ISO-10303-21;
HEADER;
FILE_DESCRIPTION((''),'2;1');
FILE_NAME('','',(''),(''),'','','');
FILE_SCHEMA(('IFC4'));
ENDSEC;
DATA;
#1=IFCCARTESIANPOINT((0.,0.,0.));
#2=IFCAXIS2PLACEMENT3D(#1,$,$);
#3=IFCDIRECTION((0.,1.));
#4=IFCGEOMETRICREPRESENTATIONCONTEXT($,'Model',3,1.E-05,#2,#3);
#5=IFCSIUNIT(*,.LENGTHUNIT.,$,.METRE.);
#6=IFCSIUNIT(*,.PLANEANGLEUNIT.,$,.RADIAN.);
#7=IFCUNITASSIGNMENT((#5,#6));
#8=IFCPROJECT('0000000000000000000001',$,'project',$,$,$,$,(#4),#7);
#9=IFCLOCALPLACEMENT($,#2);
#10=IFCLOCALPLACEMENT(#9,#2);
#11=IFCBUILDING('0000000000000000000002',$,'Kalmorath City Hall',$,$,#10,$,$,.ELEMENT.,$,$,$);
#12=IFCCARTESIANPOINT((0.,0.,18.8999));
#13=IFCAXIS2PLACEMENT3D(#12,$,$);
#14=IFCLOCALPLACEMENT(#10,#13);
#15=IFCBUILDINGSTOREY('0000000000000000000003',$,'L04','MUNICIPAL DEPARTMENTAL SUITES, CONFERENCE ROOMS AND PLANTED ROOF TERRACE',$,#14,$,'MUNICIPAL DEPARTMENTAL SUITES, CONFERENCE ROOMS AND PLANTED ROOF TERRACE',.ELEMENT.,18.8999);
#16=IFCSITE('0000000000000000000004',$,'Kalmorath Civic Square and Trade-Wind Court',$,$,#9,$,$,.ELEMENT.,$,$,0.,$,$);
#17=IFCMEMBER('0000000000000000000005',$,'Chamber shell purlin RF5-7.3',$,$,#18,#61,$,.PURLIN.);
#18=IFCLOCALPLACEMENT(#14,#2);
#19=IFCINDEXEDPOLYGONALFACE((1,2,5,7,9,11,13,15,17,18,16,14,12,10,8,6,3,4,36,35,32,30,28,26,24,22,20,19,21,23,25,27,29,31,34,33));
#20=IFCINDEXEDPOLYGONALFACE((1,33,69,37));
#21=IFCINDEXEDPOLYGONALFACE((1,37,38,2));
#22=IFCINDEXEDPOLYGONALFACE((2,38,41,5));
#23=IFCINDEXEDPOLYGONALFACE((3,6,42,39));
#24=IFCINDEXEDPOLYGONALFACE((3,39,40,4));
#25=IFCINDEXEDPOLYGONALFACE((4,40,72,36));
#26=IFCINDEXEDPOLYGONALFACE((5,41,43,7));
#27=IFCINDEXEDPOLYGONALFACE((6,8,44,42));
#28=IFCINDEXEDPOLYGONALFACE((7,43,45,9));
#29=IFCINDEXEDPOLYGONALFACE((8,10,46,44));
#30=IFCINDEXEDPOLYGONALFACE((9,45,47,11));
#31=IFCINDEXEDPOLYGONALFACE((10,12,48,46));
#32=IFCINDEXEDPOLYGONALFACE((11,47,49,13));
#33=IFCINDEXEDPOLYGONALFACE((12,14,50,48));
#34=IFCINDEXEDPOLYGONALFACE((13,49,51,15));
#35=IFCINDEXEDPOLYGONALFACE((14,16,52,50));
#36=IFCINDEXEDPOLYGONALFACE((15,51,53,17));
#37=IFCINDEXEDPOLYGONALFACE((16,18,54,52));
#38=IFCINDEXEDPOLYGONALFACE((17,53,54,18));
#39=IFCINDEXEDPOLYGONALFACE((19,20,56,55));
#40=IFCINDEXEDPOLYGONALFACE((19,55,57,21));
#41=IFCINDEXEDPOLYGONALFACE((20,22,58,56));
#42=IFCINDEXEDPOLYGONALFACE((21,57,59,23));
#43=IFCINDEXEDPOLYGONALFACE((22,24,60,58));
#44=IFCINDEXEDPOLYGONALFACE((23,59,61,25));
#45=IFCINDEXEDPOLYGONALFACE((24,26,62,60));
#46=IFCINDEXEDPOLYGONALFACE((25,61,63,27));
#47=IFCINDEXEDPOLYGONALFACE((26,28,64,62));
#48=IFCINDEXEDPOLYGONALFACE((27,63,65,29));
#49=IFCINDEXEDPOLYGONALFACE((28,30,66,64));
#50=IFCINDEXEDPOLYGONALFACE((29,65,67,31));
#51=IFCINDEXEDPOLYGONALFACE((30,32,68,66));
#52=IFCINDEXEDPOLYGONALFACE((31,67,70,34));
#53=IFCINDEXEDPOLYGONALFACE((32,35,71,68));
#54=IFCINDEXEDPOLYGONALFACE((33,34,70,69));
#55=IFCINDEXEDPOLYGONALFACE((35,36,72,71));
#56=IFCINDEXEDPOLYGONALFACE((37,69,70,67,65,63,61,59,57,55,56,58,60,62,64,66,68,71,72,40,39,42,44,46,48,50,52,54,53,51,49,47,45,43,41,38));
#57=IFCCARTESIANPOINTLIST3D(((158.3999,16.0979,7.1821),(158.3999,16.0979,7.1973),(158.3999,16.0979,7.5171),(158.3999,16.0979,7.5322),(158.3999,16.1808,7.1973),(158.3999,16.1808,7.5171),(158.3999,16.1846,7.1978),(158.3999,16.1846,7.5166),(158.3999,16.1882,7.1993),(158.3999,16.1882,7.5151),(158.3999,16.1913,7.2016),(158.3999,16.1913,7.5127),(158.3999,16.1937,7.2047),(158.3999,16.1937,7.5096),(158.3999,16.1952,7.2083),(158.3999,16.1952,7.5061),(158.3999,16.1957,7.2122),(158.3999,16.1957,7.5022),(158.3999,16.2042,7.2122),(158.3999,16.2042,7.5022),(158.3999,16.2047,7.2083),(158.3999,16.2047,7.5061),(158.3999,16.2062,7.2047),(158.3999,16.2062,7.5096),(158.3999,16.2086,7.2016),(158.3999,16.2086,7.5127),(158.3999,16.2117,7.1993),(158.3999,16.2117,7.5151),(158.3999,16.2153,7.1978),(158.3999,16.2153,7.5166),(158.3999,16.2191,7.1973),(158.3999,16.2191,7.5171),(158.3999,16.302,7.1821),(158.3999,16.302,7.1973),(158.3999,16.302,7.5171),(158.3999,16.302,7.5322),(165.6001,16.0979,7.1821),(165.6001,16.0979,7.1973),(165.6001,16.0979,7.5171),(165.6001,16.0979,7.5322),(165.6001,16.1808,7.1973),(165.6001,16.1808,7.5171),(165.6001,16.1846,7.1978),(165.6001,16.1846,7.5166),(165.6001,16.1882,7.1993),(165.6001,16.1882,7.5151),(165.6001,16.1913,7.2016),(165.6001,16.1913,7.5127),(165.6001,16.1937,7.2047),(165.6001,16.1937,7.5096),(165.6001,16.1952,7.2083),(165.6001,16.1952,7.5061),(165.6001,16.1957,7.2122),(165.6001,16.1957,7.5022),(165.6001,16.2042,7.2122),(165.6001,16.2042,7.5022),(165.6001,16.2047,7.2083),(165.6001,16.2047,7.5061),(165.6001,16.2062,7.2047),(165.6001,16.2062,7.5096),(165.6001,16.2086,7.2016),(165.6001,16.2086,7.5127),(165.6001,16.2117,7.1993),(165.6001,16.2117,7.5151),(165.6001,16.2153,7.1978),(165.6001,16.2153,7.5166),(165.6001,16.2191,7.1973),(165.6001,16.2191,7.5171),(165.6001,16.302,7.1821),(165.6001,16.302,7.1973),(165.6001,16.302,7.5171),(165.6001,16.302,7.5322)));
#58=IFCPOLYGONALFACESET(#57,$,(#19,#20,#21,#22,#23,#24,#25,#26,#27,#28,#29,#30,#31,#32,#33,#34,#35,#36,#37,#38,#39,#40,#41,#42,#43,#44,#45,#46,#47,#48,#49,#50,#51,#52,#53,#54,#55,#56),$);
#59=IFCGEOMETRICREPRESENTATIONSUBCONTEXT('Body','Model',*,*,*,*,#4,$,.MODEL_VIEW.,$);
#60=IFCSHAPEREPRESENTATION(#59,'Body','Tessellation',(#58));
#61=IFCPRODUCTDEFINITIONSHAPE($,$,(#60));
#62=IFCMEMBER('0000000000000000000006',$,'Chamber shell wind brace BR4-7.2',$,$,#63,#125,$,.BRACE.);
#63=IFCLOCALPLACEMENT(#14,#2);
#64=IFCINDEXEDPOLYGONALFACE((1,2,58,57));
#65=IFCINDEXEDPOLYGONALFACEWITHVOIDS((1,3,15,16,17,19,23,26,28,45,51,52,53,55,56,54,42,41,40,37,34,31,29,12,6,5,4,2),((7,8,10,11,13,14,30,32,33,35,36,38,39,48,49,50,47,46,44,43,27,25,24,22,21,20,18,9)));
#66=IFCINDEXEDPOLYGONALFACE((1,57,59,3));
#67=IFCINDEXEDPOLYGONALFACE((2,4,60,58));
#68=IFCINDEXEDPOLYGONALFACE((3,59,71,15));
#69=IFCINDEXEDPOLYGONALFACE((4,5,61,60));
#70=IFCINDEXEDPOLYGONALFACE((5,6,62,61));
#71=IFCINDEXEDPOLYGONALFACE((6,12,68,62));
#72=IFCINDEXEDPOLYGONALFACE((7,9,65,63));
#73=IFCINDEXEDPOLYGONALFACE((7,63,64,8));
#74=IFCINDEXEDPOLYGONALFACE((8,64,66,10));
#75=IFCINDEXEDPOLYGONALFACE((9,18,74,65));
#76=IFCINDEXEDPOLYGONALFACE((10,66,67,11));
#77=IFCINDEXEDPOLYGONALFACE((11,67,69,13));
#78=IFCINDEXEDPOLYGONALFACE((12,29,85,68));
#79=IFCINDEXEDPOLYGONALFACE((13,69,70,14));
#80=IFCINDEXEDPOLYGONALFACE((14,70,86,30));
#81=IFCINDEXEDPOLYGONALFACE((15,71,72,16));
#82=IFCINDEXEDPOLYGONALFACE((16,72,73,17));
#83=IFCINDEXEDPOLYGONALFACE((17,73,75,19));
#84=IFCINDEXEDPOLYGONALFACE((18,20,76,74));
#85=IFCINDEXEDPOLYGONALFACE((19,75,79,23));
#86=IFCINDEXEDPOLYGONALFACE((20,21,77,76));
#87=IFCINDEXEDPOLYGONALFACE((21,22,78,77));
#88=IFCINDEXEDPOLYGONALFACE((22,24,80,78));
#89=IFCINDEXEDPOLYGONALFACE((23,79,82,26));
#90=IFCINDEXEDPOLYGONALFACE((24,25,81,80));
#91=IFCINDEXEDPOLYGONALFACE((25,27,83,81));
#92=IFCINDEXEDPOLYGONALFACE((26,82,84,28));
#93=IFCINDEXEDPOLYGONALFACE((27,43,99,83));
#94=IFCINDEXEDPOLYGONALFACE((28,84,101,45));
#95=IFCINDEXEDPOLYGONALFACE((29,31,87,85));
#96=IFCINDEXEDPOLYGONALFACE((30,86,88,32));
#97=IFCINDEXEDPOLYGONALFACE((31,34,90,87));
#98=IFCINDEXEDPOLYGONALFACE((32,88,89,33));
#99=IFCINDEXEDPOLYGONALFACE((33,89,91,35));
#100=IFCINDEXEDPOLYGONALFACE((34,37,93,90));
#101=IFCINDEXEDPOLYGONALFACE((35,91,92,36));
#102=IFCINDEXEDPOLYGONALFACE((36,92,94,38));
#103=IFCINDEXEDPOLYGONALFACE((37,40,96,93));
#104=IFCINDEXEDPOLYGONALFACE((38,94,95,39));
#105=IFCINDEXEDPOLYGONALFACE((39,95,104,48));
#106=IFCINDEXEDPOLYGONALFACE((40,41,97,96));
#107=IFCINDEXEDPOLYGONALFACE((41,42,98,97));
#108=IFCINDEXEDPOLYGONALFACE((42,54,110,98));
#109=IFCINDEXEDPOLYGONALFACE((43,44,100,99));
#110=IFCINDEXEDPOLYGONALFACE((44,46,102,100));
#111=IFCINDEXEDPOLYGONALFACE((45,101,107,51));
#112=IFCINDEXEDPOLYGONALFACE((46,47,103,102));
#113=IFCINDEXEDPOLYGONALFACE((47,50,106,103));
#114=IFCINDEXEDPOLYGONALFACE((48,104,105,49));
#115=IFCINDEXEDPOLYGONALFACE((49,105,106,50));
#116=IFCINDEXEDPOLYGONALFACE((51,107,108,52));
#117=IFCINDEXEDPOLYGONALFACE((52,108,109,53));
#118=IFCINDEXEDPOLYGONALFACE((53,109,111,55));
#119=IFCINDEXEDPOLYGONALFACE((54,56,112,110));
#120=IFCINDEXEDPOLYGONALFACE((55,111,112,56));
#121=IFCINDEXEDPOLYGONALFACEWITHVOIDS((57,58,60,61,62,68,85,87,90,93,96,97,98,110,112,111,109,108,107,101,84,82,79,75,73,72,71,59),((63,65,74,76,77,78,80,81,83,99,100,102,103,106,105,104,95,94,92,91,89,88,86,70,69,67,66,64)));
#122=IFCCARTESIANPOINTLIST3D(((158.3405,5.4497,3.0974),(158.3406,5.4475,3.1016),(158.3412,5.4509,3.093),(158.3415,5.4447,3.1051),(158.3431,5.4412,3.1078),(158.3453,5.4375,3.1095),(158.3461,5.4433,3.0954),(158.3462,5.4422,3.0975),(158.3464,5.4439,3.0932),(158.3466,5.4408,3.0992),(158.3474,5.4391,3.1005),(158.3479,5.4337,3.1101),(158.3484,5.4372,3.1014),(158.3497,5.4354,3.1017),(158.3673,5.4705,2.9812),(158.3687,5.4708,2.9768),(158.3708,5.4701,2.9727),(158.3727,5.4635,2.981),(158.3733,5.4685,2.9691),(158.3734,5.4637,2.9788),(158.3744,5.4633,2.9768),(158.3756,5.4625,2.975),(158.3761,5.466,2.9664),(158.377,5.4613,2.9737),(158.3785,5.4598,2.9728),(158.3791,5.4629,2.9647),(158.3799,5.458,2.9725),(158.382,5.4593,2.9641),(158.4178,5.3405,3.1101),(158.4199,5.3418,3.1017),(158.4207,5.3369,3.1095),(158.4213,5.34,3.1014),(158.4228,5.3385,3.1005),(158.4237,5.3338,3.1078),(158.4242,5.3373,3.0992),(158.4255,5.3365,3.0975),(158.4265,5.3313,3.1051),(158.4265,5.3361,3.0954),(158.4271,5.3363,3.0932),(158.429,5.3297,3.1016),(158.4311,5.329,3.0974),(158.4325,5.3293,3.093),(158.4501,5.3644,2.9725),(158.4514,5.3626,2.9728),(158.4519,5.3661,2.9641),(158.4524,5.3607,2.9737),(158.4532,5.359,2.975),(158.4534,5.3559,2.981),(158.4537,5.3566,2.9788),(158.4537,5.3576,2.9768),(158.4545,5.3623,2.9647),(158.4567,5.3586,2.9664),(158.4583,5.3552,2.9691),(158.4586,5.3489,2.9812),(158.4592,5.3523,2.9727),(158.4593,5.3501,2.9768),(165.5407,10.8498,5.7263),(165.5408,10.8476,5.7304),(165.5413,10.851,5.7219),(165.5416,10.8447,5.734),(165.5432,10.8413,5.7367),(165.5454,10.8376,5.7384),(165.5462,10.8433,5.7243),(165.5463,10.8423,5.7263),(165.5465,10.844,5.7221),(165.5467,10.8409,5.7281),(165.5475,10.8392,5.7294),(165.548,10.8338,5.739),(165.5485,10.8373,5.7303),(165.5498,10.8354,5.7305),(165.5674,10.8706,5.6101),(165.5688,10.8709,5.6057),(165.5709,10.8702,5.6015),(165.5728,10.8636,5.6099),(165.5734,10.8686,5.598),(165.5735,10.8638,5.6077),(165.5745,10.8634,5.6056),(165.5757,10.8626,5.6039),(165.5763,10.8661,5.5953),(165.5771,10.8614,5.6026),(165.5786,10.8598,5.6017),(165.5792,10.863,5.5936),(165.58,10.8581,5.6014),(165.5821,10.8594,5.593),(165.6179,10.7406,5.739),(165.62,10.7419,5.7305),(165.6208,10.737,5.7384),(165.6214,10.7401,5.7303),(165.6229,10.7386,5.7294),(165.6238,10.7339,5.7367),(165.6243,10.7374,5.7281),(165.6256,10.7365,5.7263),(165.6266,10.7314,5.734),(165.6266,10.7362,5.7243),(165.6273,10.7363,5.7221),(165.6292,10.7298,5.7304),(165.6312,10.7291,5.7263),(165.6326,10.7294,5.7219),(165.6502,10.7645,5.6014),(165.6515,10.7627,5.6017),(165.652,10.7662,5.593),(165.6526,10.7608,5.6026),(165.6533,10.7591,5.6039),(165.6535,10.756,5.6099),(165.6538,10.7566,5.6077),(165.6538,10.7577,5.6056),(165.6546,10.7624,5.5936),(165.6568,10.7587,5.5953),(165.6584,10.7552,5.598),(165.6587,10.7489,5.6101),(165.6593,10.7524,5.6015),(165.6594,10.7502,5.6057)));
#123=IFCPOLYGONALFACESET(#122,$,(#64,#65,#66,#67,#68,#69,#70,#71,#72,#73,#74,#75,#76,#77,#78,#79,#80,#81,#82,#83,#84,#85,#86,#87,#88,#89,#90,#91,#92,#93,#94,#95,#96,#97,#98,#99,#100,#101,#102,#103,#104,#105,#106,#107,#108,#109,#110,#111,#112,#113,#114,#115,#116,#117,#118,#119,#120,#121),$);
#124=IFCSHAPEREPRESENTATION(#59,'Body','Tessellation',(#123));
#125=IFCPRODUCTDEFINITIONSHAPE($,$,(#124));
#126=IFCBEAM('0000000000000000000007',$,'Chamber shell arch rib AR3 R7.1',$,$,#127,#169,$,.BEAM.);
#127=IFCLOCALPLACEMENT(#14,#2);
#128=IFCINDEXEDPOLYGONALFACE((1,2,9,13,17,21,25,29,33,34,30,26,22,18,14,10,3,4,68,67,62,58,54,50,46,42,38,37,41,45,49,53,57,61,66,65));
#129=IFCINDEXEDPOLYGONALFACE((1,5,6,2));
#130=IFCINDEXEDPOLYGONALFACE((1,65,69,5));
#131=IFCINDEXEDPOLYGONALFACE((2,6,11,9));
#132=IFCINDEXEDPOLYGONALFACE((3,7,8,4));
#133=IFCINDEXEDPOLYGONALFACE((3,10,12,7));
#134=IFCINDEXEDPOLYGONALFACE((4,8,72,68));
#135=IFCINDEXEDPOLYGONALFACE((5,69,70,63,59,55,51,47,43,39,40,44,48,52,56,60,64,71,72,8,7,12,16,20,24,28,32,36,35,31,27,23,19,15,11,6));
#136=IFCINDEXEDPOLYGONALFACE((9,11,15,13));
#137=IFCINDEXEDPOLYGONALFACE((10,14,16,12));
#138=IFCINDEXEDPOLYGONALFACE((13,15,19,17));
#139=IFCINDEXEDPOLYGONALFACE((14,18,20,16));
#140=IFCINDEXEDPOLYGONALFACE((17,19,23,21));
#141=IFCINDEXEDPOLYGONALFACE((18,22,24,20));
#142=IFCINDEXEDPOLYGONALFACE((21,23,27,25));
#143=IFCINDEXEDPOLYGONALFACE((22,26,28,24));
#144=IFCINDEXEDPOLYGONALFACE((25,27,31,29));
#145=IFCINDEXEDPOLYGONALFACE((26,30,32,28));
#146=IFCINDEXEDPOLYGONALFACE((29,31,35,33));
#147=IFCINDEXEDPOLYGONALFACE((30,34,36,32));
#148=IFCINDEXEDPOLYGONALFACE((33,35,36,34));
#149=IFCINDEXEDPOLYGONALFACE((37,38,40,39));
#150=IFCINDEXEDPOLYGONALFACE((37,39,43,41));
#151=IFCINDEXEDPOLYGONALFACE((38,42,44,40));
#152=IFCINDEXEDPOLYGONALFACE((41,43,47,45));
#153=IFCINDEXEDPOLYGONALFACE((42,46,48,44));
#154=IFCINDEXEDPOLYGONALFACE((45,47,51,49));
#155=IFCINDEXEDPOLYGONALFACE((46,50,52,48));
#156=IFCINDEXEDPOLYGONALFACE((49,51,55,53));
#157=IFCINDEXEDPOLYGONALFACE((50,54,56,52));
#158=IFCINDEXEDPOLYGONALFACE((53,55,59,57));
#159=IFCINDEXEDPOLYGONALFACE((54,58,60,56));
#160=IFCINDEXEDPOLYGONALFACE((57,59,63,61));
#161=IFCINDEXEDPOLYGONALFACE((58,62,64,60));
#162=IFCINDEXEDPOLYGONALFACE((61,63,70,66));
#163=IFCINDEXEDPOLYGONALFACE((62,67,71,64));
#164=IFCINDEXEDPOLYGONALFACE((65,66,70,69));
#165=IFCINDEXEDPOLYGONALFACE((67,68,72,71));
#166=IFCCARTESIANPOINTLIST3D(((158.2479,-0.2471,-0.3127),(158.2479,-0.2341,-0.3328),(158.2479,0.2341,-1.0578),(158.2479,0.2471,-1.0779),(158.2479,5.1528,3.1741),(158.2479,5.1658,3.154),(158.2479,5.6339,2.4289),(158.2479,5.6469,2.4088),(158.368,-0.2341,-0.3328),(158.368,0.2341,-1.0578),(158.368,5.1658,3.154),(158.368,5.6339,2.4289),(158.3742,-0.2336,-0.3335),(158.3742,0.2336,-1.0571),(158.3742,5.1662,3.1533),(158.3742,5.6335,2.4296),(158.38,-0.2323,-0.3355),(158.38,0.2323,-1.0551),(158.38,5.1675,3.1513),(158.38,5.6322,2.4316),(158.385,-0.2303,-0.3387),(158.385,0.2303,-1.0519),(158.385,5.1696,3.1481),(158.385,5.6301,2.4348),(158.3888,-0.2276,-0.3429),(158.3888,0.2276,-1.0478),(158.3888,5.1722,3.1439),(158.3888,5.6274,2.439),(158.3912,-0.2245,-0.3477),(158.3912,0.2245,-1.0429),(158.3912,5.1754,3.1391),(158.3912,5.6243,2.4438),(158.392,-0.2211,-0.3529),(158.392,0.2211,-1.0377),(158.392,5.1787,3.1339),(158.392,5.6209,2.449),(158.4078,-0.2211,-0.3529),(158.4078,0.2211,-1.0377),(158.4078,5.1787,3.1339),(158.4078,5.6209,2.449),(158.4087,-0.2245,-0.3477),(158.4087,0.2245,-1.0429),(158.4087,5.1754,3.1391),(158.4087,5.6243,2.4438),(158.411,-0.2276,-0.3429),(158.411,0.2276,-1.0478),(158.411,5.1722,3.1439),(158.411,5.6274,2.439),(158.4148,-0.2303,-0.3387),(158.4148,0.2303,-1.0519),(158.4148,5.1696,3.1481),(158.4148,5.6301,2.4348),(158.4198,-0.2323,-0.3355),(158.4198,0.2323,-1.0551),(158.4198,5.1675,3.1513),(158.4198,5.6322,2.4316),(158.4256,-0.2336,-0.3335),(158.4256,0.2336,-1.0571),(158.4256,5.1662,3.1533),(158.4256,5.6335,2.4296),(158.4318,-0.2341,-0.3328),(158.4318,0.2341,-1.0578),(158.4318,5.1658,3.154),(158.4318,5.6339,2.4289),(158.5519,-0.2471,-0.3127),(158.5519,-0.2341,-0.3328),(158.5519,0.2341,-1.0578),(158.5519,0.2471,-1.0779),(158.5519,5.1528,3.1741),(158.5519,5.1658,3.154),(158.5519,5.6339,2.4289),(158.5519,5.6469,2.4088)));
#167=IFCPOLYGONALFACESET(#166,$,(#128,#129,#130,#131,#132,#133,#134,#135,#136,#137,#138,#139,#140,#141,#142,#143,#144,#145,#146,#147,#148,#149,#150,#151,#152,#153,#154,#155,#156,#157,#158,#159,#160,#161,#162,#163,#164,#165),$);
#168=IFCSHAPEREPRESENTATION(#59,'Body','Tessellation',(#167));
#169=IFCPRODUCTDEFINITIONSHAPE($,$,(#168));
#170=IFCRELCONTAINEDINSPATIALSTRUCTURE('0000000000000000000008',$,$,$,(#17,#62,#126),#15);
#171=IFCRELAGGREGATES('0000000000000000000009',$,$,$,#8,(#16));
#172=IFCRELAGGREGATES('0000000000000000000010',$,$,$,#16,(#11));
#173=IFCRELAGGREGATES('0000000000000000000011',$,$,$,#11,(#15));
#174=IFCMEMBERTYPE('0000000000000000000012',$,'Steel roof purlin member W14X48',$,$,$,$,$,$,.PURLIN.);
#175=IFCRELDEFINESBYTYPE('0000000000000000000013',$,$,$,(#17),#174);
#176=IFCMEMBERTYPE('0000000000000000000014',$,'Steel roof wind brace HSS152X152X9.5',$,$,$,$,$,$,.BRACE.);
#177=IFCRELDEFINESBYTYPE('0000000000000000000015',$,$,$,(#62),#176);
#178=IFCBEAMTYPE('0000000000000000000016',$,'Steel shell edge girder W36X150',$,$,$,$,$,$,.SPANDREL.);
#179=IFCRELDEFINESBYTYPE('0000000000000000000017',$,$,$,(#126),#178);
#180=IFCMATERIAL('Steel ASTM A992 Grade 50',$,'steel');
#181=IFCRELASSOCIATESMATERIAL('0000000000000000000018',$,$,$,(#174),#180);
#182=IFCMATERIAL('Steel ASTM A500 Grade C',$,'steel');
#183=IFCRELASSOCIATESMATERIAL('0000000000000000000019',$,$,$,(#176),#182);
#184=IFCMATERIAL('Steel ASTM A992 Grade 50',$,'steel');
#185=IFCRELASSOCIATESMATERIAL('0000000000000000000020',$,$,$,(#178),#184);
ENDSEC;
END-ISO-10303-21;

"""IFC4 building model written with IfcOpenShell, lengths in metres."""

from ifc_helpers import new_model, si_unit, direction, frame, origin, origin_2d, place, context, subcontext, project, spatial, hollow_rectangle, i_section, extrude, material, material_profile, profile_set, type_object, element, save


model = new_model("IFC4")

# Units and contexts
model_context = context("Model", 3, precision=1e-05, world=origin(), true_north=direction((0.0, 1.0)))
body_context = subcontext(model_context, "Body", "Model", "MODEL_VIEW")
ifc_project = project(units=[si_unit("LENGTHUNIT", "METRE"), si_unit("PLANEANGLEUNIT", "RADIAN")], contexts=[model_context])

# Site, building, storey
site_placement = place(None, origin())
site = spatial("IfcSite", under=ifc_project, at=site_placement, Name="Kalmorath Civic Square and Trade-Wind Court", CompositionType="ELEMENT", RefElevation=0.0)
building_placement = place(site_placement, origin())
building = spatial("IfcBuilding", under=site, at=building_placement, Name="Kalmorath City Hall", CompositionType="ELEMENT")
storey_placement = place(building_placement, frame((0.0, 0.0, 18.8999)))
storey = spatial("IfcBuildingStorey", under=building, at=storey_placement, Name="L04", Description="MUNICIPAL DEPARTMENTAL SUITES, CONFERENCE ROOMS AND PLANTED ROOF TERRACE", LongName="MUNICIPAL DEPARTMENTAL SUITES, CONFERENCE ROOMS AND PLANTED ROOF TERRACE", CompositionType="ELEMENT", Elevation=18.8999)

# Members
ifc_material_1 = material(Name="Steel ASTM A992 Grade 50", Category="steel")
ifc_material_profile_1 = material_profile(ifc_material_1, i_section(OverallWidth=0.2041, OverallDepth=0.3501, WebThickness=0.0085, FlangeThickness=0.0151, FilletRadius=0.0149, at=origin_2d()), Name="W14X48")
ifc_profile_set_1 = profile_set([ifc_material_profile_1], Name="Steel ASTM A992 Grade 50")
member_type_1 = type_object("IfcMemberType", Name="Steel roof purlin member W14X48", PredefinedType="PURLIN", material=ifc_profile_set_1)
for number, where, z_axis, x_axis, name in (
    (1, (158.3999, 16.2, 7.3572), (1.0, 0.0, 0.0), (0.0, 1.0, 0.0), "Chamber shell purlin RF5-7.3"),
):
    element("IfcMember", number, at=place(storey_placement, frame(where, z_axis=z_axis, x_axis=x_axis)), inside=storey, type_object=member_type_1, Name=name, PredefinedType="PURLIN", context=body_context, shape_type="SweptSolid", body=[
        extrude(i_section(OverallWidth=0.2041, OverallDepth=0.3501, WebThickness=0.0085, FlangeThickness=0.0151, FilletRadius=0.0149, at=origin_2d()), origin(), (0.0, 0.0, 1.0), 7.2002),
    ])
ifc_material_2 = material(Name="Steel ASTM A500 Grade C", Category="steel")
ifc_material_profile_2 = material_profile(ifc_material_2, hollow_rectangle(XDim=0.1521, YDim=0.1521, WallThickness=0.0088, InnerFilletRadius=0.0088, OuterFilletRadius=0.0178, at=origin_2d()), Name="HSS152X152X9.5")
ifc_profile_set_2 = profile_set([ifc_material_profile_2], Name="Steel ASTM A500 Grade C")
member_type_2 = type_object("IfcMemberType", Name="Steel roof wind brace HSS152X152X9.5", PredefinedType="BRACE", material=ifc_profile_set_2)
member_placement = place(storey_placement, frame((158.3999, 5.3999, 3.0371), z_axis=(0.767912, 0.575934, 0.280377), x_axis=(-0.6, 0.8, 0.0)))
element("IfcMember", 2, at=member_placement, inside=storey, type_object=member_type_2, Name="Chamber shell wind brace BR4-7.2", PredefinedType="BRACE", context=body_context, shape_type="SweptSolid", body=[
    extrude(hollow_rectangle(XDim=0.1521, YDim=0.1521, WallThickness=0.0088, InnerFilletRadius=0.0088, OuterFilletRadius=0.0178, at=origin_2d()), origin(), (0.0, 0.0, 1.0), 9.3762),
])

# Beam
ifc_material_3 = material(Name="Steel ASTM A992 Grade 50", Category="steel")
ifc_material_profile_3 = material_profile(ifc_material_3, i_section(OverallWidth=0.304, OverallDepth=0.9109, WebThickness=0.0159, FlangeThickness=0.0239, FilletRadius=0.0239, at=origin_2d()), Name="W36X150")
ifc_profile_set_3 = profile_set([ifc_material_profile_3], Name="Steel ASTM A992 Grade 50")
beam_type_1 = type_object("IfcBeamType", Name="Steel shell edge girder W36X150", PredefinedType="SPANDREL", material=ifc_profile_set_3)
beam_1_placement = place(storey_placement, frame((158.3999, 0.0, -0.6953), z_axis=(0.0, 0.840083, 0.542457), x_axis=(-1.0, 0.0, 0.0)))
element("IfcBeam", 3, at=beam_1_placement, inside=storey, type_object=beam_type_1, Name="Chamber shell arch rib AR3 R7.1", PredefinedType="BEAM", context=body_context, shape_type="SweptSolid", body=[
    extrude(i_section(OverallWidth=0.304, OverallDepth=0.9109, WebThickness=0.0159, FlangeThickness=0.0239, FilletRadius=0.0239, at=origin_2d()), origin(), (0.0, 0.0, 1.0), 6.4277),
])

save(model, "model.ifc")
